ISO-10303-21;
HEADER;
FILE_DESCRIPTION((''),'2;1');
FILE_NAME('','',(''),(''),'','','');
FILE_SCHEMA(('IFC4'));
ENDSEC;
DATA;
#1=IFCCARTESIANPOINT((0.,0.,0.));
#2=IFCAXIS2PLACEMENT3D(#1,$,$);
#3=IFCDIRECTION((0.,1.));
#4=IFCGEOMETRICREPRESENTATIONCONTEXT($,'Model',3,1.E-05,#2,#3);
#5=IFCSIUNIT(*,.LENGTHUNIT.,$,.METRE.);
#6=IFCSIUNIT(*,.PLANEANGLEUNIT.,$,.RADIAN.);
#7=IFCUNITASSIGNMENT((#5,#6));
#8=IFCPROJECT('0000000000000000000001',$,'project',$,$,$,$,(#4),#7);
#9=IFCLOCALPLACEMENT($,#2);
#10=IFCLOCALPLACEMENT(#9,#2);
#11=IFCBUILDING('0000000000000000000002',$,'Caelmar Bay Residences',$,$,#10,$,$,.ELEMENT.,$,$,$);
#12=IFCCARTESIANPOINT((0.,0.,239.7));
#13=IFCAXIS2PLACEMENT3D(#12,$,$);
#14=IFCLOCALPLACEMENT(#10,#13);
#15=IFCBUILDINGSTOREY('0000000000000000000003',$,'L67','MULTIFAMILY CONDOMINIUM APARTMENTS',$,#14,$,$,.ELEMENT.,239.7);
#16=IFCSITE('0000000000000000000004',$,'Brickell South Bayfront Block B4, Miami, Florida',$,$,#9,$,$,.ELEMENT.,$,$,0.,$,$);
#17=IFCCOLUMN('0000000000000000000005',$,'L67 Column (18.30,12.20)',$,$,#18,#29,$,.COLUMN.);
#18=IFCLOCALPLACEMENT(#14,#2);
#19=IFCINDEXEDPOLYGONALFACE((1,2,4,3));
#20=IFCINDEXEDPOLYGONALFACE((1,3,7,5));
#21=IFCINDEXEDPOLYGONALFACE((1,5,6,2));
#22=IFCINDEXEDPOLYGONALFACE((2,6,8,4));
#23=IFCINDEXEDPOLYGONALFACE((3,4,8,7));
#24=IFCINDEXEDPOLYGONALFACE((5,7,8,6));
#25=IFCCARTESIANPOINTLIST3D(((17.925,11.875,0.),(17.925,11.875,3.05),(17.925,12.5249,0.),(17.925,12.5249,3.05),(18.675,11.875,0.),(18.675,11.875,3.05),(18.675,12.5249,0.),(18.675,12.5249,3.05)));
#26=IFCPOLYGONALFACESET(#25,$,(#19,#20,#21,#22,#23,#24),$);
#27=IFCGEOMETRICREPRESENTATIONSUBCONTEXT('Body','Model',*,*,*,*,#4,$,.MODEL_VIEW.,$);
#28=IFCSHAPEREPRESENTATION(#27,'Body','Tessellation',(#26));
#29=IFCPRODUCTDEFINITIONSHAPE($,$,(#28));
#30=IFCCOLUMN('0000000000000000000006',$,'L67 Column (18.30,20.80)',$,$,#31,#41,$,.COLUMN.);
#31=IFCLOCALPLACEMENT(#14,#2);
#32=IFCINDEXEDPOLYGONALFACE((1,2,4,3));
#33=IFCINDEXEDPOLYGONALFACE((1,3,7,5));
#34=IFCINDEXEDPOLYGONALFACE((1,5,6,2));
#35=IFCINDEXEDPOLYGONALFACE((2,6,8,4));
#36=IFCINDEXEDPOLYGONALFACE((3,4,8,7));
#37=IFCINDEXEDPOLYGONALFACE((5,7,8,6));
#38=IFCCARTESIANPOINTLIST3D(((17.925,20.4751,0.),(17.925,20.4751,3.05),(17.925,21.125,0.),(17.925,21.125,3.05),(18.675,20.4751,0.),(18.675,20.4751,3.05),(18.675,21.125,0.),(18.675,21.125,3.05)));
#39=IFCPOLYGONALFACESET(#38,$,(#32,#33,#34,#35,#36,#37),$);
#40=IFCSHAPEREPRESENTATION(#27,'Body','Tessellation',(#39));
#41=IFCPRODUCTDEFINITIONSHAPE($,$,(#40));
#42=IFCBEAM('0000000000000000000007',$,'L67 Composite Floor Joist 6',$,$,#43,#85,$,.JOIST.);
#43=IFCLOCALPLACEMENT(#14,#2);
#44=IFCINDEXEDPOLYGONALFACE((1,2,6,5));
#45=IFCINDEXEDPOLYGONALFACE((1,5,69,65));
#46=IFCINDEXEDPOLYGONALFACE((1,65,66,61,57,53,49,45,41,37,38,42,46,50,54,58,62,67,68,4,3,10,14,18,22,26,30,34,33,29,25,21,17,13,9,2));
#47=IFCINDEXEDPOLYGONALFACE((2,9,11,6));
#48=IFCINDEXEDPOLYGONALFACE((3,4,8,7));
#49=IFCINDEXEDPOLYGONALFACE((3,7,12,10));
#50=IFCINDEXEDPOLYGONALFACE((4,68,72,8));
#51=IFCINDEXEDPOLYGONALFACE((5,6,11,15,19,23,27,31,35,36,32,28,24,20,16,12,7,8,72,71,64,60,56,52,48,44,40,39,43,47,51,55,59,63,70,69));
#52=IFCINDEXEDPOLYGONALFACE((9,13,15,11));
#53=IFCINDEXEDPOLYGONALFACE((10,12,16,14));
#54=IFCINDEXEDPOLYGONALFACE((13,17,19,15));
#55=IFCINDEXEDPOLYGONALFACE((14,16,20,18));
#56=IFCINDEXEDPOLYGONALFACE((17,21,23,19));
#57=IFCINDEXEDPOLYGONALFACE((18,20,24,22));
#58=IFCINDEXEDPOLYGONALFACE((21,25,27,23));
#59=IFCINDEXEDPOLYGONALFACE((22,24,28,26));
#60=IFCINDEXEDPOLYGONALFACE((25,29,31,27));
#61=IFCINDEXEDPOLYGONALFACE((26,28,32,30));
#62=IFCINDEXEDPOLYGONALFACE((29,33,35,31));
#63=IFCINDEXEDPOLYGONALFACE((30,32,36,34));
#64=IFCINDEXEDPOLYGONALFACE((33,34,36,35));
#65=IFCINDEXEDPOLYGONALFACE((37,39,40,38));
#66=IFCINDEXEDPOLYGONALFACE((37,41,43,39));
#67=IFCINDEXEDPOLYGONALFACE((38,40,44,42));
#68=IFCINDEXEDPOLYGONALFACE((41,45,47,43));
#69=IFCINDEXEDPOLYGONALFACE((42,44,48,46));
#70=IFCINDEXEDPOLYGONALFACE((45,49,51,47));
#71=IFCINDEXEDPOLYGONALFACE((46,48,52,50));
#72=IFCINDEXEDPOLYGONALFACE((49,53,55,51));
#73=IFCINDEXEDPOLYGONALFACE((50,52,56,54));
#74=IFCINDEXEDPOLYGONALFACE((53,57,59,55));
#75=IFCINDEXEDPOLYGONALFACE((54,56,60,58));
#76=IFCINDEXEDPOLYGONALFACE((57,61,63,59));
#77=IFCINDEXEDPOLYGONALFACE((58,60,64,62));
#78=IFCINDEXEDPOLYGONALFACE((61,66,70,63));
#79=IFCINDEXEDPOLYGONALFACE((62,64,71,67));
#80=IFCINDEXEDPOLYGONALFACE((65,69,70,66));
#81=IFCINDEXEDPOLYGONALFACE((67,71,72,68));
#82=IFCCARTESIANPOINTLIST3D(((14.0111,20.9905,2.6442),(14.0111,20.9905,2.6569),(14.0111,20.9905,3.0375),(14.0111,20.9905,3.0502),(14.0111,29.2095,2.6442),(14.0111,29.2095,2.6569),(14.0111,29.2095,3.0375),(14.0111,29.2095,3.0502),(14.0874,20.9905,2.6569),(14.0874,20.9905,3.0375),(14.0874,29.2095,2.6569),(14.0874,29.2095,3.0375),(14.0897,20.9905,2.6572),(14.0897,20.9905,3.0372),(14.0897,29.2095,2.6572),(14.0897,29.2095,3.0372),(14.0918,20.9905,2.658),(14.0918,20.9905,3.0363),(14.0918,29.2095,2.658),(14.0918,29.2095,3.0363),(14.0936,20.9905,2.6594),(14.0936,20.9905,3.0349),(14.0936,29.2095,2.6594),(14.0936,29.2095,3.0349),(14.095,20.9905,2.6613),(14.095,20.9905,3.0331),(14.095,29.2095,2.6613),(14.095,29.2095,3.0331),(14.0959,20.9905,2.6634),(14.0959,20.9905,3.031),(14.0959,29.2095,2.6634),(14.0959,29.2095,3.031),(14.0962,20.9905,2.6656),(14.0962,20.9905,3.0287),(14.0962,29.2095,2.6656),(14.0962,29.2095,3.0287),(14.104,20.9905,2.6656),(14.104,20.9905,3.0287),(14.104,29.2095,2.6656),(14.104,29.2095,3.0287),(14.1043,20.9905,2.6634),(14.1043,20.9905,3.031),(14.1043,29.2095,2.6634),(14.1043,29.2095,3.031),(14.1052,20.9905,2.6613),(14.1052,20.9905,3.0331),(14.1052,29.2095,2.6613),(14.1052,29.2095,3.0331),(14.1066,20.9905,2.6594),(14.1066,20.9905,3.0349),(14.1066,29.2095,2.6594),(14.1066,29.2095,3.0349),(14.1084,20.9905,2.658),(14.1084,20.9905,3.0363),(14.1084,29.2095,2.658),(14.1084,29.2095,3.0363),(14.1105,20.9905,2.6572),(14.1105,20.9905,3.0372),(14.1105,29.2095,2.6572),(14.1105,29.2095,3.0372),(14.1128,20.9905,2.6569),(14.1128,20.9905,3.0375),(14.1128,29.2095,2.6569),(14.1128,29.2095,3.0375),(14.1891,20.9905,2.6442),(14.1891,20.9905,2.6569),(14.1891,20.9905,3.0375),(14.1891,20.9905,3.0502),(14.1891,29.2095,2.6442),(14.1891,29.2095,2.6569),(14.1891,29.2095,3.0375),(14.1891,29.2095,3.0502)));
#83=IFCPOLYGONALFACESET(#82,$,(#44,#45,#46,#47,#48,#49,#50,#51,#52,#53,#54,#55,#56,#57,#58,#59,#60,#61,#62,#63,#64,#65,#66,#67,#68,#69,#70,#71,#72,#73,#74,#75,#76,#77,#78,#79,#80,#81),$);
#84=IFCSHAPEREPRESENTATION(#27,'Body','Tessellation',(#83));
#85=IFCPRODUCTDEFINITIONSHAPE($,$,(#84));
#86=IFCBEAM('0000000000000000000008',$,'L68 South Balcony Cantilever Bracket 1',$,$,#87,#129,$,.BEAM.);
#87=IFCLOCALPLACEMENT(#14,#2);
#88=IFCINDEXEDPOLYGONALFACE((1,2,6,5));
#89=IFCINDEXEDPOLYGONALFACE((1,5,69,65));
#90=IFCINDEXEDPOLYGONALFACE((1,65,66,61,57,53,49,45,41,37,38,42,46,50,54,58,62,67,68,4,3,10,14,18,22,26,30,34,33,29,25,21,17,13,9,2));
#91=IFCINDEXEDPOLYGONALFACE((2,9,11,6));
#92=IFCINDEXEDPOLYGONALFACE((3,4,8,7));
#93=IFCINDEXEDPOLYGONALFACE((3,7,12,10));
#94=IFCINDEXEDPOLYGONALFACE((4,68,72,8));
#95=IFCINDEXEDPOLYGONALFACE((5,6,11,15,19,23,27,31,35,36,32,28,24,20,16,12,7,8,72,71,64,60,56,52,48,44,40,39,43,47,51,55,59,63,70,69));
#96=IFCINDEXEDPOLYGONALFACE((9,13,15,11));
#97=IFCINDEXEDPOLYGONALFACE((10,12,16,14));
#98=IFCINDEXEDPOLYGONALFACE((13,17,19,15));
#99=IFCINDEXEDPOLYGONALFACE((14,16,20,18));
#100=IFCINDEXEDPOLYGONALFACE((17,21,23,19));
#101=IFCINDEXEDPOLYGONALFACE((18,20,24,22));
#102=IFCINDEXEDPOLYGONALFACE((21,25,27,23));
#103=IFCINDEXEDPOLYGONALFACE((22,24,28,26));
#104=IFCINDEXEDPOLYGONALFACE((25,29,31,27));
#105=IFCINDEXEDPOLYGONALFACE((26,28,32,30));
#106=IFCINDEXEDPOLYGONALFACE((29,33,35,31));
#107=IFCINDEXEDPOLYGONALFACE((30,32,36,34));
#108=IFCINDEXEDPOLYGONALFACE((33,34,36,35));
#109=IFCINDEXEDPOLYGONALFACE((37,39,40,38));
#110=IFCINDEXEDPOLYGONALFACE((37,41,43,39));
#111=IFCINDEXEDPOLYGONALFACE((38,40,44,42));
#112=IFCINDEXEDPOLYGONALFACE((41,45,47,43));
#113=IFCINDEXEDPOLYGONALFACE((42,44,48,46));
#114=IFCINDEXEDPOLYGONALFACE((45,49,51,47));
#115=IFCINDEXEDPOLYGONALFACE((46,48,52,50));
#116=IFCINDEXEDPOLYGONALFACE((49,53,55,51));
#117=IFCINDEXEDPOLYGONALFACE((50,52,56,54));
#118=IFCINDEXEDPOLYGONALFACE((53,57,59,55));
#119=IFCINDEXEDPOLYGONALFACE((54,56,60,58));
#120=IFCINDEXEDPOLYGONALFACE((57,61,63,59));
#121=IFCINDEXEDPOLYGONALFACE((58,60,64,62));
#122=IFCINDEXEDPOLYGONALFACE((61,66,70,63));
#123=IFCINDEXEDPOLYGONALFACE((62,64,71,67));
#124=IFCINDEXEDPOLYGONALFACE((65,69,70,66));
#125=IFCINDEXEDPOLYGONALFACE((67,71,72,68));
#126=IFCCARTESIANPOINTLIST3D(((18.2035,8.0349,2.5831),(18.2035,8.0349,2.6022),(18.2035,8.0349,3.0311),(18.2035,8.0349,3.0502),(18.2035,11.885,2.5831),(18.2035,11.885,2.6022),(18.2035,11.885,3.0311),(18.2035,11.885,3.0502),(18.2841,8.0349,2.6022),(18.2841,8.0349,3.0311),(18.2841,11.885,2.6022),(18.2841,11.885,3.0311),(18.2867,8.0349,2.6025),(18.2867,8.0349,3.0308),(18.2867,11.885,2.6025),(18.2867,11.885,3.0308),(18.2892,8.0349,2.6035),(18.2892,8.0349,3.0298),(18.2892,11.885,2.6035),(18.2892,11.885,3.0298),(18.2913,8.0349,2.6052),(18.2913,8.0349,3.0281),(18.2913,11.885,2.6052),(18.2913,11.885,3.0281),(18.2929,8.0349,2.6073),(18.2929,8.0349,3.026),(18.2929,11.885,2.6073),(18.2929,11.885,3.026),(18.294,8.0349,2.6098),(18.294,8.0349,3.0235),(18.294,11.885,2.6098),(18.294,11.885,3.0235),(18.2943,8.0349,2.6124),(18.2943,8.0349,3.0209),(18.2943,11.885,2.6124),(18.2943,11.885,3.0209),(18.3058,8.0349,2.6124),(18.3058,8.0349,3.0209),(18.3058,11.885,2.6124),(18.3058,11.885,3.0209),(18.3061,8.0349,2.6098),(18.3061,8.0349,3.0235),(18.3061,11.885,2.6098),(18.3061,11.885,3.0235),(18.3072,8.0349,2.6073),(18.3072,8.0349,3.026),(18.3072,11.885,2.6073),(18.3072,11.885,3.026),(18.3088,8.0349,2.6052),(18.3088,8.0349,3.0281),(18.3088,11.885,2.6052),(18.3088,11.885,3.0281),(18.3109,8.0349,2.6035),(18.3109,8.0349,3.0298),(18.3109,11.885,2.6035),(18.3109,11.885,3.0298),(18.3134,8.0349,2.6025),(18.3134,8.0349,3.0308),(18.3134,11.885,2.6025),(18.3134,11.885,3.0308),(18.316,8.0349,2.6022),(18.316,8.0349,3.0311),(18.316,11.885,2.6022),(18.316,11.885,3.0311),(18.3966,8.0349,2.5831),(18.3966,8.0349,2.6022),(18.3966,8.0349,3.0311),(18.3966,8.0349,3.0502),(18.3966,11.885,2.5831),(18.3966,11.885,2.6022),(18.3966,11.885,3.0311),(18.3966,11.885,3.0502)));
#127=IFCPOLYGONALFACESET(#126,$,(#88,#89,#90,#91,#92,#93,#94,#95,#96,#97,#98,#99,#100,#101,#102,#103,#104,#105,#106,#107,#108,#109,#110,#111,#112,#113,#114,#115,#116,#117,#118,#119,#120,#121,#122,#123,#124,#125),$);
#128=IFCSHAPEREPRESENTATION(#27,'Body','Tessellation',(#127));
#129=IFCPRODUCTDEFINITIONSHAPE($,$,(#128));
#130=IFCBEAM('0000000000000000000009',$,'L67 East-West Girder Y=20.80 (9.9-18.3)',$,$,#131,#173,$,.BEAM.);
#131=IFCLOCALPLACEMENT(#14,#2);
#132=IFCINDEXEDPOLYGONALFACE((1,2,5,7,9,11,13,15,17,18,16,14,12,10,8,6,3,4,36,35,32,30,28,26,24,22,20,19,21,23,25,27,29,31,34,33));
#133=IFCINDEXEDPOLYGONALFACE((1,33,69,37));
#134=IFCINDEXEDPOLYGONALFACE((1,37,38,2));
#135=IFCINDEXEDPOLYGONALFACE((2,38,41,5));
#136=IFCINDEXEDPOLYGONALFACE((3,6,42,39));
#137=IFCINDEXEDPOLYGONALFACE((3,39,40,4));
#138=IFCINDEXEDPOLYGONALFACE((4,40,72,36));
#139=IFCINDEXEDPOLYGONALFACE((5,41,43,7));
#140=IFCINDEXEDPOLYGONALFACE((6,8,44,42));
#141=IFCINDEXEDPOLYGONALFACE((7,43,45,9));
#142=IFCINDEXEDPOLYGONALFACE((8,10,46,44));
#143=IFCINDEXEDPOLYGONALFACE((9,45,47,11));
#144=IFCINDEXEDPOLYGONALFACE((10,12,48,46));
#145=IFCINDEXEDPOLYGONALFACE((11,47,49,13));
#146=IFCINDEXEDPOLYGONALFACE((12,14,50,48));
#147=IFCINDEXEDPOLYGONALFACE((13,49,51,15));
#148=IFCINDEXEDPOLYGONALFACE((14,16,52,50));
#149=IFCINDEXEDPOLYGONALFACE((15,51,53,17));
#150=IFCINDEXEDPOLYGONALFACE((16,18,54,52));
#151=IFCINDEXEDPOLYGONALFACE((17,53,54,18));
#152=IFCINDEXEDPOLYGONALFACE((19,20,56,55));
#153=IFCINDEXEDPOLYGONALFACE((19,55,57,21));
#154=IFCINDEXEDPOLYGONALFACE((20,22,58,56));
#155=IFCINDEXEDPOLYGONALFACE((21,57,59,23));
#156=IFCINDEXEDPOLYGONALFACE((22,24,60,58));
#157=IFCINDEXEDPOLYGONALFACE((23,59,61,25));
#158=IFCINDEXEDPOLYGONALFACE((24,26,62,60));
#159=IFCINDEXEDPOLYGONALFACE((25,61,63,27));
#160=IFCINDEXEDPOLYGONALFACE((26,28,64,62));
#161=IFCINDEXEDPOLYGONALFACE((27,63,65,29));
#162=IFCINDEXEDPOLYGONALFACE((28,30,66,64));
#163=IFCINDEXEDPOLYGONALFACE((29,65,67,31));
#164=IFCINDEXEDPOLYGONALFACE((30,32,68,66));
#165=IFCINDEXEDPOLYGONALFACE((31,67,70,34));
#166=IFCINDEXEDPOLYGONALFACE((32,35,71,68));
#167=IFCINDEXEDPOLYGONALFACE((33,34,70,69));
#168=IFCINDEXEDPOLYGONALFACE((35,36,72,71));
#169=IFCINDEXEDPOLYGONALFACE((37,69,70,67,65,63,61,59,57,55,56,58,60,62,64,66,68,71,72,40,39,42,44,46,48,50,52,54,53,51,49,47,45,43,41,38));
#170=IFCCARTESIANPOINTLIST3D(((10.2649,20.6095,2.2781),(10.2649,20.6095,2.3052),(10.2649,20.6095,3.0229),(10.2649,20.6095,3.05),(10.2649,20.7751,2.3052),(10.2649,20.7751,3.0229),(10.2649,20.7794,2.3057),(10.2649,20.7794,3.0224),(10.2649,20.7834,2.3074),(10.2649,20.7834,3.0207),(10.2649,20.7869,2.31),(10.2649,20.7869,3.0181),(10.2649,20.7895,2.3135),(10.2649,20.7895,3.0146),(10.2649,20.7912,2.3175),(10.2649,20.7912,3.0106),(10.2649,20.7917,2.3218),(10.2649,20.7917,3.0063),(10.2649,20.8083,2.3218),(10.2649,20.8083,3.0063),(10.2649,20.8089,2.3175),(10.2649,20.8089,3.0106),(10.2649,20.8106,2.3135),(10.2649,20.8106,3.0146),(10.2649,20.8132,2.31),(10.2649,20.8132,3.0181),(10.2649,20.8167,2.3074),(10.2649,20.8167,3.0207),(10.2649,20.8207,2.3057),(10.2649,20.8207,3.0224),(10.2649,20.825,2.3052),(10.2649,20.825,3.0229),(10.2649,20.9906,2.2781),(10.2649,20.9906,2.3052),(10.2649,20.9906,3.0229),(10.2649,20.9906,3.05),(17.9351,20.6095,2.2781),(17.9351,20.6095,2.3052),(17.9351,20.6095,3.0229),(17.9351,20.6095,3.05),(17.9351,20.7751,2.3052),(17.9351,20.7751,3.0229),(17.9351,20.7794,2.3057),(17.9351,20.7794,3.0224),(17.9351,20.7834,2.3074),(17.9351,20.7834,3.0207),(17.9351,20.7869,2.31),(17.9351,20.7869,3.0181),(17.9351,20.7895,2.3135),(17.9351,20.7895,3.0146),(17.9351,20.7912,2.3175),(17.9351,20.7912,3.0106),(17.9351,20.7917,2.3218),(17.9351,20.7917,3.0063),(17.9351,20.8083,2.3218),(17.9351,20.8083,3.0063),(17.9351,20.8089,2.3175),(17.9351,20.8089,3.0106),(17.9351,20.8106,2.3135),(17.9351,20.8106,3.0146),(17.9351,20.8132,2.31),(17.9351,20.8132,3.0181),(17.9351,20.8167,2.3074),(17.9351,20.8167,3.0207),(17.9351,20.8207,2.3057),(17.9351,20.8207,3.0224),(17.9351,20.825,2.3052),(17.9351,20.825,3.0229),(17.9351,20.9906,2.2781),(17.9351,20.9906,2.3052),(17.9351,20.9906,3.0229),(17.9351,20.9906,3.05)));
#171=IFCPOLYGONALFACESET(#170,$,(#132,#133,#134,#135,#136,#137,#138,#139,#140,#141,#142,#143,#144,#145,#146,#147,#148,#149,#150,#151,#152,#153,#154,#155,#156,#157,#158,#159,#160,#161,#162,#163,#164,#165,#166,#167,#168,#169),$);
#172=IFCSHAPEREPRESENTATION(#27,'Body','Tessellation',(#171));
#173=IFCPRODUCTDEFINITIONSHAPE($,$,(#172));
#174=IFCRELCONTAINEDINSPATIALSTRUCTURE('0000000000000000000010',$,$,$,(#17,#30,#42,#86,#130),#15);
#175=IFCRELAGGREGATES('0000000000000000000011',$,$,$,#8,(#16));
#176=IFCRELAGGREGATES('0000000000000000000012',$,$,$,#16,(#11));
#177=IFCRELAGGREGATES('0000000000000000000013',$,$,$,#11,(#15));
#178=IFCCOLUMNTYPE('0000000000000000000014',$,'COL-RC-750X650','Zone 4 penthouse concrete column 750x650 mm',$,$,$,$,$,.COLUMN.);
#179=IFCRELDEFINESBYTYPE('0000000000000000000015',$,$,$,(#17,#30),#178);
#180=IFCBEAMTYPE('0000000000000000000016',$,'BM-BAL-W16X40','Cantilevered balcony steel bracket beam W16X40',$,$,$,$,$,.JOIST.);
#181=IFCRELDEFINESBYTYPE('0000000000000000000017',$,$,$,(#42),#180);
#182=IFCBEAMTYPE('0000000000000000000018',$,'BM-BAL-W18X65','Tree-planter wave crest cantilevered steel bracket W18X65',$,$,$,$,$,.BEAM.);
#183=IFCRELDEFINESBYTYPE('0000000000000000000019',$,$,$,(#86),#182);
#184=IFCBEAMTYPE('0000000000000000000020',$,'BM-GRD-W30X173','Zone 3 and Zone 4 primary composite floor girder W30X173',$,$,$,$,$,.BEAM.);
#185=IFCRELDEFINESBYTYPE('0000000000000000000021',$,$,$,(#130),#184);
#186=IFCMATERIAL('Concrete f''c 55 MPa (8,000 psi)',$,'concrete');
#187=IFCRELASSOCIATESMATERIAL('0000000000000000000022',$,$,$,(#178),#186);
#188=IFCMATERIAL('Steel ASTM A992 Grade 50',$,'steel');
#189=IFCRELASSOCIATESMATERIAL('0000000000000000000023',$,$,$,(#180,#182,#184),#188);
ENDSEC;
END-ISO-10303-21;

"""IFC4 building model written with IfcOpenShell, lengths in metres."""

from ifc_helpers import new_model, si_unit, direction, frame, origin, origin_2d, place, context, subcontext, project, spatial, rectangle, i_section, extrude, material, material_profile, profile_set, type_object, element, save


model = new_model("IFC4")

# Units and contexts
model_context = context("Model", 3, precision=1e-05, world=origin(), true_north=direction((0.0, 1.0)))
body_context = subcontext(model_context, "Body", "Model", "MODEL_VIEW")
ifc_project = project(units=[si_unit("LENGTHUNIT", "METRE"), si_unit("PLANEANGLEUNIT", "RADIAN")], contexts=[model_context])

# Site, building, storey
site_placement = place(None, origin())
site = spatial("IfcSite", under=ifc_project, at=site_placement, Name="Brickell South Bayfront Block B4, Miami, Florida", CompositionType="ELEMENT", RefElevation=0.0)
building_placement = place(site_placement, origin())
building = spatial("IfcBuilding", under=site, at=building_placement, Name="Caelmar Bay Residences", CompositionType="ELEMENT")
storey_placement = place(building_placement, frame((0.0, 0.0, 239.7)))
storey = spatial("IfcBuildingStorey", under=building, at=storey_placement, Name="L67", Description="MULTIFAMILY CONDOMINIUM APARTMENTS", CompositionType="ELEMENT", Elevation=239.7)

# Columns
ifc_material_1 = material(Name="Concrete f'c 55 MPa (8,000 psi)", Category="concrete")
ifc_material_profile_1 = material_profile(ifc_material_1, rectangle(XDim=0.75, YDim=0.6499, at=origin_2d()), Name="RC-COL-750X650")
ifc_profile_set_1 = profile_set([ifc_material_profile_1], Name="Concrete f'c 55 MPa (8,000 psi)")
column_type = type_object("IfcColumnType", Name="COL-RC-750X650", Description="Zone 4 penthouse concrete column 750x650 mm", PredefinedType="COLUMN", material=ifc_profile_set_1)
for number, where, z_axis, x_axis, name in (
    (1, (18.3, 12.2, 0.0), (0.0, 0.0, 1.0), (1.0, 0.0, 0.0), "L67 Column (18.30,12.20)"),
    (2, (18.3, 20.8, 0.0), (0.0, 0.0, 1.0), (1.0, 0.0, 0.0), "L67 Column (18.30,20.80)"),
):
    element("IfcColumn", number, at=place(storey_placement, frame(where, z_axis=z_axis, x_axis=x_axis)), inside=storey, type_object=column_type, Name=name, PredefinedType="COLUMN", context=body_context, shape_type="SweptSolid", body=[
        extrude(rectangle(XDim=0.75, YDim=0.6499, at=origin_2d()), origin(), (0.0, 0.0, 1.0), 3.05),
    ])

# Beams
ifc_material_2 = material(Name="Steel ASTM A992 Grade 50", Category="steel")
ifc_material_profile_2 = material_profile(ifc_material_2, i_section(OverallWidth=0.178, OverallDepth=0.406, WebThickness=0.0078, FlangeThickness=0.0127, FilletRadius=0.0088, at=origin_2d()), Name="W16X40")
ifc_profile_set_2 = profile_set([ifc_material_profile_2], Name="Steel ASTM A992 Grade 50")
beam_type_1 = type_object("IfcBeamType", Name="BM-BAL-W16X40", Description="Cantilevered balcony steel bracket beam W16X40", PredefinedType="JOIST", material=ifc_profile_set_2)
beam_1_placement = place(storey_placement, frame((14.1001, 20.9905, 2.8472), z_axis=(0.0, 1.0, 0.0), x_axis=(-1.0, 0.0, 0.0)))
element("IfcBeam", 3, at=beam_1_placement, inside=storey, type_object=beam_type_1, Name="L67 Composite Floor Joist 6", PredefinedType="JOIST", context=body_context, shape_type="SweptSolid", body=[
    extrude(i_section(OverallWidth=0.178, OverallDepth=0.406, WebThickness=0.0078, FlangeThickness=0.0127, FilletRadius=0.0088, at=origin_2d()), origin(), (0.0, 0.0, 1.0), 8.219),
])
ifc_material_profile_3 = material_profile(ifc_material_2, i_section(OverallWidth=0.1931, OverallDepth=0.467, WebThickness=0.0115, FlangeThickness=0.019, FilletRadius=0.0103, at=origin_2d()), Name="W18X65")
ifc_profile_set_3 = profile_set([ifc_material_profile_3], Name="Steel ASTM A992 Grade 50")
beam_type_2 = type_object("IfcBeamType", Name="BM-BAL-W18X65", Description="Tree-planter wave crest cantilevered steel bracket W18X65", PredefinedType="BEAM", material=ifc_profile_set_3)
beam_2_placement = place(storey_placement, frame((18.3, 11.885, 2.8167), z_axis=(0.0, -1.0, 0.0), x_axis=(1.0, 0.0, 0.0)))
element("IfcBeam", 4, at=beam_2_placement, inside=storey, type_object=beam_type_2, Name="L68 South Balcony Cantilever Bracket 1", PredefinedType="BEAM", context=body_context, shape_type="SweptSolid", body=[
    extrude(i_section(OverallWidth=0.1931, OverallDepth=0.467, WebThickness=0.0115, FlangeThickness=0.019, FilletRadius=0.0103, at=origin_2d()), origin(), (0.0, 0.0, 1.0), 3.8501),
])
ifc_material_profile_4 = material_profile(ifc_material_2, i_section(OverallWidth=0.3811, OverallDepth=0.772, WebThickness=0.0166, FlangeThickness=0.0271, FilletRadius=0.0166, at=origin_2d()), Name="W30X173")
ifc_profile_set_4 = profile_set([ifc_material_profile_4], Name="Steel ASTM A992 Grade 50")
beam_type_3 = type_object("IfcBeamType", Name="BM-GRD-W30X173", Description="Zone 3 and Zone 4 primary composite floor girder W30X173", PredefinedType="BEAM", material=ifc_profile_set_4)
beam_3_placement = place(storey_placement, frame((10.2649, 20.8, 2.6641), z_axis=(1.0, 0.0, 0.0), x_axis=(0.0, 1.0, 0.0)))
element("IfcBeam", 5, at=beam_3_placement, inside=storey, type_object=beam_type_3, Name="L67 East-West Girder Y=20.80 (9.9-18.3)", PredefinedType="BEAM", context=body_context, shape_type="SweptSolid", body=[
    extrude(i_section(OverallWidth=0.3811, OverallDepth=0.772, WebThickness=0.0166, FlangeThickness=0.0271, FilletRadius=0.0166, at=origin_2d()), origin(), (0.0, 0.0, 1.0), 7.6702),
])

save(model, "model.ifc")
